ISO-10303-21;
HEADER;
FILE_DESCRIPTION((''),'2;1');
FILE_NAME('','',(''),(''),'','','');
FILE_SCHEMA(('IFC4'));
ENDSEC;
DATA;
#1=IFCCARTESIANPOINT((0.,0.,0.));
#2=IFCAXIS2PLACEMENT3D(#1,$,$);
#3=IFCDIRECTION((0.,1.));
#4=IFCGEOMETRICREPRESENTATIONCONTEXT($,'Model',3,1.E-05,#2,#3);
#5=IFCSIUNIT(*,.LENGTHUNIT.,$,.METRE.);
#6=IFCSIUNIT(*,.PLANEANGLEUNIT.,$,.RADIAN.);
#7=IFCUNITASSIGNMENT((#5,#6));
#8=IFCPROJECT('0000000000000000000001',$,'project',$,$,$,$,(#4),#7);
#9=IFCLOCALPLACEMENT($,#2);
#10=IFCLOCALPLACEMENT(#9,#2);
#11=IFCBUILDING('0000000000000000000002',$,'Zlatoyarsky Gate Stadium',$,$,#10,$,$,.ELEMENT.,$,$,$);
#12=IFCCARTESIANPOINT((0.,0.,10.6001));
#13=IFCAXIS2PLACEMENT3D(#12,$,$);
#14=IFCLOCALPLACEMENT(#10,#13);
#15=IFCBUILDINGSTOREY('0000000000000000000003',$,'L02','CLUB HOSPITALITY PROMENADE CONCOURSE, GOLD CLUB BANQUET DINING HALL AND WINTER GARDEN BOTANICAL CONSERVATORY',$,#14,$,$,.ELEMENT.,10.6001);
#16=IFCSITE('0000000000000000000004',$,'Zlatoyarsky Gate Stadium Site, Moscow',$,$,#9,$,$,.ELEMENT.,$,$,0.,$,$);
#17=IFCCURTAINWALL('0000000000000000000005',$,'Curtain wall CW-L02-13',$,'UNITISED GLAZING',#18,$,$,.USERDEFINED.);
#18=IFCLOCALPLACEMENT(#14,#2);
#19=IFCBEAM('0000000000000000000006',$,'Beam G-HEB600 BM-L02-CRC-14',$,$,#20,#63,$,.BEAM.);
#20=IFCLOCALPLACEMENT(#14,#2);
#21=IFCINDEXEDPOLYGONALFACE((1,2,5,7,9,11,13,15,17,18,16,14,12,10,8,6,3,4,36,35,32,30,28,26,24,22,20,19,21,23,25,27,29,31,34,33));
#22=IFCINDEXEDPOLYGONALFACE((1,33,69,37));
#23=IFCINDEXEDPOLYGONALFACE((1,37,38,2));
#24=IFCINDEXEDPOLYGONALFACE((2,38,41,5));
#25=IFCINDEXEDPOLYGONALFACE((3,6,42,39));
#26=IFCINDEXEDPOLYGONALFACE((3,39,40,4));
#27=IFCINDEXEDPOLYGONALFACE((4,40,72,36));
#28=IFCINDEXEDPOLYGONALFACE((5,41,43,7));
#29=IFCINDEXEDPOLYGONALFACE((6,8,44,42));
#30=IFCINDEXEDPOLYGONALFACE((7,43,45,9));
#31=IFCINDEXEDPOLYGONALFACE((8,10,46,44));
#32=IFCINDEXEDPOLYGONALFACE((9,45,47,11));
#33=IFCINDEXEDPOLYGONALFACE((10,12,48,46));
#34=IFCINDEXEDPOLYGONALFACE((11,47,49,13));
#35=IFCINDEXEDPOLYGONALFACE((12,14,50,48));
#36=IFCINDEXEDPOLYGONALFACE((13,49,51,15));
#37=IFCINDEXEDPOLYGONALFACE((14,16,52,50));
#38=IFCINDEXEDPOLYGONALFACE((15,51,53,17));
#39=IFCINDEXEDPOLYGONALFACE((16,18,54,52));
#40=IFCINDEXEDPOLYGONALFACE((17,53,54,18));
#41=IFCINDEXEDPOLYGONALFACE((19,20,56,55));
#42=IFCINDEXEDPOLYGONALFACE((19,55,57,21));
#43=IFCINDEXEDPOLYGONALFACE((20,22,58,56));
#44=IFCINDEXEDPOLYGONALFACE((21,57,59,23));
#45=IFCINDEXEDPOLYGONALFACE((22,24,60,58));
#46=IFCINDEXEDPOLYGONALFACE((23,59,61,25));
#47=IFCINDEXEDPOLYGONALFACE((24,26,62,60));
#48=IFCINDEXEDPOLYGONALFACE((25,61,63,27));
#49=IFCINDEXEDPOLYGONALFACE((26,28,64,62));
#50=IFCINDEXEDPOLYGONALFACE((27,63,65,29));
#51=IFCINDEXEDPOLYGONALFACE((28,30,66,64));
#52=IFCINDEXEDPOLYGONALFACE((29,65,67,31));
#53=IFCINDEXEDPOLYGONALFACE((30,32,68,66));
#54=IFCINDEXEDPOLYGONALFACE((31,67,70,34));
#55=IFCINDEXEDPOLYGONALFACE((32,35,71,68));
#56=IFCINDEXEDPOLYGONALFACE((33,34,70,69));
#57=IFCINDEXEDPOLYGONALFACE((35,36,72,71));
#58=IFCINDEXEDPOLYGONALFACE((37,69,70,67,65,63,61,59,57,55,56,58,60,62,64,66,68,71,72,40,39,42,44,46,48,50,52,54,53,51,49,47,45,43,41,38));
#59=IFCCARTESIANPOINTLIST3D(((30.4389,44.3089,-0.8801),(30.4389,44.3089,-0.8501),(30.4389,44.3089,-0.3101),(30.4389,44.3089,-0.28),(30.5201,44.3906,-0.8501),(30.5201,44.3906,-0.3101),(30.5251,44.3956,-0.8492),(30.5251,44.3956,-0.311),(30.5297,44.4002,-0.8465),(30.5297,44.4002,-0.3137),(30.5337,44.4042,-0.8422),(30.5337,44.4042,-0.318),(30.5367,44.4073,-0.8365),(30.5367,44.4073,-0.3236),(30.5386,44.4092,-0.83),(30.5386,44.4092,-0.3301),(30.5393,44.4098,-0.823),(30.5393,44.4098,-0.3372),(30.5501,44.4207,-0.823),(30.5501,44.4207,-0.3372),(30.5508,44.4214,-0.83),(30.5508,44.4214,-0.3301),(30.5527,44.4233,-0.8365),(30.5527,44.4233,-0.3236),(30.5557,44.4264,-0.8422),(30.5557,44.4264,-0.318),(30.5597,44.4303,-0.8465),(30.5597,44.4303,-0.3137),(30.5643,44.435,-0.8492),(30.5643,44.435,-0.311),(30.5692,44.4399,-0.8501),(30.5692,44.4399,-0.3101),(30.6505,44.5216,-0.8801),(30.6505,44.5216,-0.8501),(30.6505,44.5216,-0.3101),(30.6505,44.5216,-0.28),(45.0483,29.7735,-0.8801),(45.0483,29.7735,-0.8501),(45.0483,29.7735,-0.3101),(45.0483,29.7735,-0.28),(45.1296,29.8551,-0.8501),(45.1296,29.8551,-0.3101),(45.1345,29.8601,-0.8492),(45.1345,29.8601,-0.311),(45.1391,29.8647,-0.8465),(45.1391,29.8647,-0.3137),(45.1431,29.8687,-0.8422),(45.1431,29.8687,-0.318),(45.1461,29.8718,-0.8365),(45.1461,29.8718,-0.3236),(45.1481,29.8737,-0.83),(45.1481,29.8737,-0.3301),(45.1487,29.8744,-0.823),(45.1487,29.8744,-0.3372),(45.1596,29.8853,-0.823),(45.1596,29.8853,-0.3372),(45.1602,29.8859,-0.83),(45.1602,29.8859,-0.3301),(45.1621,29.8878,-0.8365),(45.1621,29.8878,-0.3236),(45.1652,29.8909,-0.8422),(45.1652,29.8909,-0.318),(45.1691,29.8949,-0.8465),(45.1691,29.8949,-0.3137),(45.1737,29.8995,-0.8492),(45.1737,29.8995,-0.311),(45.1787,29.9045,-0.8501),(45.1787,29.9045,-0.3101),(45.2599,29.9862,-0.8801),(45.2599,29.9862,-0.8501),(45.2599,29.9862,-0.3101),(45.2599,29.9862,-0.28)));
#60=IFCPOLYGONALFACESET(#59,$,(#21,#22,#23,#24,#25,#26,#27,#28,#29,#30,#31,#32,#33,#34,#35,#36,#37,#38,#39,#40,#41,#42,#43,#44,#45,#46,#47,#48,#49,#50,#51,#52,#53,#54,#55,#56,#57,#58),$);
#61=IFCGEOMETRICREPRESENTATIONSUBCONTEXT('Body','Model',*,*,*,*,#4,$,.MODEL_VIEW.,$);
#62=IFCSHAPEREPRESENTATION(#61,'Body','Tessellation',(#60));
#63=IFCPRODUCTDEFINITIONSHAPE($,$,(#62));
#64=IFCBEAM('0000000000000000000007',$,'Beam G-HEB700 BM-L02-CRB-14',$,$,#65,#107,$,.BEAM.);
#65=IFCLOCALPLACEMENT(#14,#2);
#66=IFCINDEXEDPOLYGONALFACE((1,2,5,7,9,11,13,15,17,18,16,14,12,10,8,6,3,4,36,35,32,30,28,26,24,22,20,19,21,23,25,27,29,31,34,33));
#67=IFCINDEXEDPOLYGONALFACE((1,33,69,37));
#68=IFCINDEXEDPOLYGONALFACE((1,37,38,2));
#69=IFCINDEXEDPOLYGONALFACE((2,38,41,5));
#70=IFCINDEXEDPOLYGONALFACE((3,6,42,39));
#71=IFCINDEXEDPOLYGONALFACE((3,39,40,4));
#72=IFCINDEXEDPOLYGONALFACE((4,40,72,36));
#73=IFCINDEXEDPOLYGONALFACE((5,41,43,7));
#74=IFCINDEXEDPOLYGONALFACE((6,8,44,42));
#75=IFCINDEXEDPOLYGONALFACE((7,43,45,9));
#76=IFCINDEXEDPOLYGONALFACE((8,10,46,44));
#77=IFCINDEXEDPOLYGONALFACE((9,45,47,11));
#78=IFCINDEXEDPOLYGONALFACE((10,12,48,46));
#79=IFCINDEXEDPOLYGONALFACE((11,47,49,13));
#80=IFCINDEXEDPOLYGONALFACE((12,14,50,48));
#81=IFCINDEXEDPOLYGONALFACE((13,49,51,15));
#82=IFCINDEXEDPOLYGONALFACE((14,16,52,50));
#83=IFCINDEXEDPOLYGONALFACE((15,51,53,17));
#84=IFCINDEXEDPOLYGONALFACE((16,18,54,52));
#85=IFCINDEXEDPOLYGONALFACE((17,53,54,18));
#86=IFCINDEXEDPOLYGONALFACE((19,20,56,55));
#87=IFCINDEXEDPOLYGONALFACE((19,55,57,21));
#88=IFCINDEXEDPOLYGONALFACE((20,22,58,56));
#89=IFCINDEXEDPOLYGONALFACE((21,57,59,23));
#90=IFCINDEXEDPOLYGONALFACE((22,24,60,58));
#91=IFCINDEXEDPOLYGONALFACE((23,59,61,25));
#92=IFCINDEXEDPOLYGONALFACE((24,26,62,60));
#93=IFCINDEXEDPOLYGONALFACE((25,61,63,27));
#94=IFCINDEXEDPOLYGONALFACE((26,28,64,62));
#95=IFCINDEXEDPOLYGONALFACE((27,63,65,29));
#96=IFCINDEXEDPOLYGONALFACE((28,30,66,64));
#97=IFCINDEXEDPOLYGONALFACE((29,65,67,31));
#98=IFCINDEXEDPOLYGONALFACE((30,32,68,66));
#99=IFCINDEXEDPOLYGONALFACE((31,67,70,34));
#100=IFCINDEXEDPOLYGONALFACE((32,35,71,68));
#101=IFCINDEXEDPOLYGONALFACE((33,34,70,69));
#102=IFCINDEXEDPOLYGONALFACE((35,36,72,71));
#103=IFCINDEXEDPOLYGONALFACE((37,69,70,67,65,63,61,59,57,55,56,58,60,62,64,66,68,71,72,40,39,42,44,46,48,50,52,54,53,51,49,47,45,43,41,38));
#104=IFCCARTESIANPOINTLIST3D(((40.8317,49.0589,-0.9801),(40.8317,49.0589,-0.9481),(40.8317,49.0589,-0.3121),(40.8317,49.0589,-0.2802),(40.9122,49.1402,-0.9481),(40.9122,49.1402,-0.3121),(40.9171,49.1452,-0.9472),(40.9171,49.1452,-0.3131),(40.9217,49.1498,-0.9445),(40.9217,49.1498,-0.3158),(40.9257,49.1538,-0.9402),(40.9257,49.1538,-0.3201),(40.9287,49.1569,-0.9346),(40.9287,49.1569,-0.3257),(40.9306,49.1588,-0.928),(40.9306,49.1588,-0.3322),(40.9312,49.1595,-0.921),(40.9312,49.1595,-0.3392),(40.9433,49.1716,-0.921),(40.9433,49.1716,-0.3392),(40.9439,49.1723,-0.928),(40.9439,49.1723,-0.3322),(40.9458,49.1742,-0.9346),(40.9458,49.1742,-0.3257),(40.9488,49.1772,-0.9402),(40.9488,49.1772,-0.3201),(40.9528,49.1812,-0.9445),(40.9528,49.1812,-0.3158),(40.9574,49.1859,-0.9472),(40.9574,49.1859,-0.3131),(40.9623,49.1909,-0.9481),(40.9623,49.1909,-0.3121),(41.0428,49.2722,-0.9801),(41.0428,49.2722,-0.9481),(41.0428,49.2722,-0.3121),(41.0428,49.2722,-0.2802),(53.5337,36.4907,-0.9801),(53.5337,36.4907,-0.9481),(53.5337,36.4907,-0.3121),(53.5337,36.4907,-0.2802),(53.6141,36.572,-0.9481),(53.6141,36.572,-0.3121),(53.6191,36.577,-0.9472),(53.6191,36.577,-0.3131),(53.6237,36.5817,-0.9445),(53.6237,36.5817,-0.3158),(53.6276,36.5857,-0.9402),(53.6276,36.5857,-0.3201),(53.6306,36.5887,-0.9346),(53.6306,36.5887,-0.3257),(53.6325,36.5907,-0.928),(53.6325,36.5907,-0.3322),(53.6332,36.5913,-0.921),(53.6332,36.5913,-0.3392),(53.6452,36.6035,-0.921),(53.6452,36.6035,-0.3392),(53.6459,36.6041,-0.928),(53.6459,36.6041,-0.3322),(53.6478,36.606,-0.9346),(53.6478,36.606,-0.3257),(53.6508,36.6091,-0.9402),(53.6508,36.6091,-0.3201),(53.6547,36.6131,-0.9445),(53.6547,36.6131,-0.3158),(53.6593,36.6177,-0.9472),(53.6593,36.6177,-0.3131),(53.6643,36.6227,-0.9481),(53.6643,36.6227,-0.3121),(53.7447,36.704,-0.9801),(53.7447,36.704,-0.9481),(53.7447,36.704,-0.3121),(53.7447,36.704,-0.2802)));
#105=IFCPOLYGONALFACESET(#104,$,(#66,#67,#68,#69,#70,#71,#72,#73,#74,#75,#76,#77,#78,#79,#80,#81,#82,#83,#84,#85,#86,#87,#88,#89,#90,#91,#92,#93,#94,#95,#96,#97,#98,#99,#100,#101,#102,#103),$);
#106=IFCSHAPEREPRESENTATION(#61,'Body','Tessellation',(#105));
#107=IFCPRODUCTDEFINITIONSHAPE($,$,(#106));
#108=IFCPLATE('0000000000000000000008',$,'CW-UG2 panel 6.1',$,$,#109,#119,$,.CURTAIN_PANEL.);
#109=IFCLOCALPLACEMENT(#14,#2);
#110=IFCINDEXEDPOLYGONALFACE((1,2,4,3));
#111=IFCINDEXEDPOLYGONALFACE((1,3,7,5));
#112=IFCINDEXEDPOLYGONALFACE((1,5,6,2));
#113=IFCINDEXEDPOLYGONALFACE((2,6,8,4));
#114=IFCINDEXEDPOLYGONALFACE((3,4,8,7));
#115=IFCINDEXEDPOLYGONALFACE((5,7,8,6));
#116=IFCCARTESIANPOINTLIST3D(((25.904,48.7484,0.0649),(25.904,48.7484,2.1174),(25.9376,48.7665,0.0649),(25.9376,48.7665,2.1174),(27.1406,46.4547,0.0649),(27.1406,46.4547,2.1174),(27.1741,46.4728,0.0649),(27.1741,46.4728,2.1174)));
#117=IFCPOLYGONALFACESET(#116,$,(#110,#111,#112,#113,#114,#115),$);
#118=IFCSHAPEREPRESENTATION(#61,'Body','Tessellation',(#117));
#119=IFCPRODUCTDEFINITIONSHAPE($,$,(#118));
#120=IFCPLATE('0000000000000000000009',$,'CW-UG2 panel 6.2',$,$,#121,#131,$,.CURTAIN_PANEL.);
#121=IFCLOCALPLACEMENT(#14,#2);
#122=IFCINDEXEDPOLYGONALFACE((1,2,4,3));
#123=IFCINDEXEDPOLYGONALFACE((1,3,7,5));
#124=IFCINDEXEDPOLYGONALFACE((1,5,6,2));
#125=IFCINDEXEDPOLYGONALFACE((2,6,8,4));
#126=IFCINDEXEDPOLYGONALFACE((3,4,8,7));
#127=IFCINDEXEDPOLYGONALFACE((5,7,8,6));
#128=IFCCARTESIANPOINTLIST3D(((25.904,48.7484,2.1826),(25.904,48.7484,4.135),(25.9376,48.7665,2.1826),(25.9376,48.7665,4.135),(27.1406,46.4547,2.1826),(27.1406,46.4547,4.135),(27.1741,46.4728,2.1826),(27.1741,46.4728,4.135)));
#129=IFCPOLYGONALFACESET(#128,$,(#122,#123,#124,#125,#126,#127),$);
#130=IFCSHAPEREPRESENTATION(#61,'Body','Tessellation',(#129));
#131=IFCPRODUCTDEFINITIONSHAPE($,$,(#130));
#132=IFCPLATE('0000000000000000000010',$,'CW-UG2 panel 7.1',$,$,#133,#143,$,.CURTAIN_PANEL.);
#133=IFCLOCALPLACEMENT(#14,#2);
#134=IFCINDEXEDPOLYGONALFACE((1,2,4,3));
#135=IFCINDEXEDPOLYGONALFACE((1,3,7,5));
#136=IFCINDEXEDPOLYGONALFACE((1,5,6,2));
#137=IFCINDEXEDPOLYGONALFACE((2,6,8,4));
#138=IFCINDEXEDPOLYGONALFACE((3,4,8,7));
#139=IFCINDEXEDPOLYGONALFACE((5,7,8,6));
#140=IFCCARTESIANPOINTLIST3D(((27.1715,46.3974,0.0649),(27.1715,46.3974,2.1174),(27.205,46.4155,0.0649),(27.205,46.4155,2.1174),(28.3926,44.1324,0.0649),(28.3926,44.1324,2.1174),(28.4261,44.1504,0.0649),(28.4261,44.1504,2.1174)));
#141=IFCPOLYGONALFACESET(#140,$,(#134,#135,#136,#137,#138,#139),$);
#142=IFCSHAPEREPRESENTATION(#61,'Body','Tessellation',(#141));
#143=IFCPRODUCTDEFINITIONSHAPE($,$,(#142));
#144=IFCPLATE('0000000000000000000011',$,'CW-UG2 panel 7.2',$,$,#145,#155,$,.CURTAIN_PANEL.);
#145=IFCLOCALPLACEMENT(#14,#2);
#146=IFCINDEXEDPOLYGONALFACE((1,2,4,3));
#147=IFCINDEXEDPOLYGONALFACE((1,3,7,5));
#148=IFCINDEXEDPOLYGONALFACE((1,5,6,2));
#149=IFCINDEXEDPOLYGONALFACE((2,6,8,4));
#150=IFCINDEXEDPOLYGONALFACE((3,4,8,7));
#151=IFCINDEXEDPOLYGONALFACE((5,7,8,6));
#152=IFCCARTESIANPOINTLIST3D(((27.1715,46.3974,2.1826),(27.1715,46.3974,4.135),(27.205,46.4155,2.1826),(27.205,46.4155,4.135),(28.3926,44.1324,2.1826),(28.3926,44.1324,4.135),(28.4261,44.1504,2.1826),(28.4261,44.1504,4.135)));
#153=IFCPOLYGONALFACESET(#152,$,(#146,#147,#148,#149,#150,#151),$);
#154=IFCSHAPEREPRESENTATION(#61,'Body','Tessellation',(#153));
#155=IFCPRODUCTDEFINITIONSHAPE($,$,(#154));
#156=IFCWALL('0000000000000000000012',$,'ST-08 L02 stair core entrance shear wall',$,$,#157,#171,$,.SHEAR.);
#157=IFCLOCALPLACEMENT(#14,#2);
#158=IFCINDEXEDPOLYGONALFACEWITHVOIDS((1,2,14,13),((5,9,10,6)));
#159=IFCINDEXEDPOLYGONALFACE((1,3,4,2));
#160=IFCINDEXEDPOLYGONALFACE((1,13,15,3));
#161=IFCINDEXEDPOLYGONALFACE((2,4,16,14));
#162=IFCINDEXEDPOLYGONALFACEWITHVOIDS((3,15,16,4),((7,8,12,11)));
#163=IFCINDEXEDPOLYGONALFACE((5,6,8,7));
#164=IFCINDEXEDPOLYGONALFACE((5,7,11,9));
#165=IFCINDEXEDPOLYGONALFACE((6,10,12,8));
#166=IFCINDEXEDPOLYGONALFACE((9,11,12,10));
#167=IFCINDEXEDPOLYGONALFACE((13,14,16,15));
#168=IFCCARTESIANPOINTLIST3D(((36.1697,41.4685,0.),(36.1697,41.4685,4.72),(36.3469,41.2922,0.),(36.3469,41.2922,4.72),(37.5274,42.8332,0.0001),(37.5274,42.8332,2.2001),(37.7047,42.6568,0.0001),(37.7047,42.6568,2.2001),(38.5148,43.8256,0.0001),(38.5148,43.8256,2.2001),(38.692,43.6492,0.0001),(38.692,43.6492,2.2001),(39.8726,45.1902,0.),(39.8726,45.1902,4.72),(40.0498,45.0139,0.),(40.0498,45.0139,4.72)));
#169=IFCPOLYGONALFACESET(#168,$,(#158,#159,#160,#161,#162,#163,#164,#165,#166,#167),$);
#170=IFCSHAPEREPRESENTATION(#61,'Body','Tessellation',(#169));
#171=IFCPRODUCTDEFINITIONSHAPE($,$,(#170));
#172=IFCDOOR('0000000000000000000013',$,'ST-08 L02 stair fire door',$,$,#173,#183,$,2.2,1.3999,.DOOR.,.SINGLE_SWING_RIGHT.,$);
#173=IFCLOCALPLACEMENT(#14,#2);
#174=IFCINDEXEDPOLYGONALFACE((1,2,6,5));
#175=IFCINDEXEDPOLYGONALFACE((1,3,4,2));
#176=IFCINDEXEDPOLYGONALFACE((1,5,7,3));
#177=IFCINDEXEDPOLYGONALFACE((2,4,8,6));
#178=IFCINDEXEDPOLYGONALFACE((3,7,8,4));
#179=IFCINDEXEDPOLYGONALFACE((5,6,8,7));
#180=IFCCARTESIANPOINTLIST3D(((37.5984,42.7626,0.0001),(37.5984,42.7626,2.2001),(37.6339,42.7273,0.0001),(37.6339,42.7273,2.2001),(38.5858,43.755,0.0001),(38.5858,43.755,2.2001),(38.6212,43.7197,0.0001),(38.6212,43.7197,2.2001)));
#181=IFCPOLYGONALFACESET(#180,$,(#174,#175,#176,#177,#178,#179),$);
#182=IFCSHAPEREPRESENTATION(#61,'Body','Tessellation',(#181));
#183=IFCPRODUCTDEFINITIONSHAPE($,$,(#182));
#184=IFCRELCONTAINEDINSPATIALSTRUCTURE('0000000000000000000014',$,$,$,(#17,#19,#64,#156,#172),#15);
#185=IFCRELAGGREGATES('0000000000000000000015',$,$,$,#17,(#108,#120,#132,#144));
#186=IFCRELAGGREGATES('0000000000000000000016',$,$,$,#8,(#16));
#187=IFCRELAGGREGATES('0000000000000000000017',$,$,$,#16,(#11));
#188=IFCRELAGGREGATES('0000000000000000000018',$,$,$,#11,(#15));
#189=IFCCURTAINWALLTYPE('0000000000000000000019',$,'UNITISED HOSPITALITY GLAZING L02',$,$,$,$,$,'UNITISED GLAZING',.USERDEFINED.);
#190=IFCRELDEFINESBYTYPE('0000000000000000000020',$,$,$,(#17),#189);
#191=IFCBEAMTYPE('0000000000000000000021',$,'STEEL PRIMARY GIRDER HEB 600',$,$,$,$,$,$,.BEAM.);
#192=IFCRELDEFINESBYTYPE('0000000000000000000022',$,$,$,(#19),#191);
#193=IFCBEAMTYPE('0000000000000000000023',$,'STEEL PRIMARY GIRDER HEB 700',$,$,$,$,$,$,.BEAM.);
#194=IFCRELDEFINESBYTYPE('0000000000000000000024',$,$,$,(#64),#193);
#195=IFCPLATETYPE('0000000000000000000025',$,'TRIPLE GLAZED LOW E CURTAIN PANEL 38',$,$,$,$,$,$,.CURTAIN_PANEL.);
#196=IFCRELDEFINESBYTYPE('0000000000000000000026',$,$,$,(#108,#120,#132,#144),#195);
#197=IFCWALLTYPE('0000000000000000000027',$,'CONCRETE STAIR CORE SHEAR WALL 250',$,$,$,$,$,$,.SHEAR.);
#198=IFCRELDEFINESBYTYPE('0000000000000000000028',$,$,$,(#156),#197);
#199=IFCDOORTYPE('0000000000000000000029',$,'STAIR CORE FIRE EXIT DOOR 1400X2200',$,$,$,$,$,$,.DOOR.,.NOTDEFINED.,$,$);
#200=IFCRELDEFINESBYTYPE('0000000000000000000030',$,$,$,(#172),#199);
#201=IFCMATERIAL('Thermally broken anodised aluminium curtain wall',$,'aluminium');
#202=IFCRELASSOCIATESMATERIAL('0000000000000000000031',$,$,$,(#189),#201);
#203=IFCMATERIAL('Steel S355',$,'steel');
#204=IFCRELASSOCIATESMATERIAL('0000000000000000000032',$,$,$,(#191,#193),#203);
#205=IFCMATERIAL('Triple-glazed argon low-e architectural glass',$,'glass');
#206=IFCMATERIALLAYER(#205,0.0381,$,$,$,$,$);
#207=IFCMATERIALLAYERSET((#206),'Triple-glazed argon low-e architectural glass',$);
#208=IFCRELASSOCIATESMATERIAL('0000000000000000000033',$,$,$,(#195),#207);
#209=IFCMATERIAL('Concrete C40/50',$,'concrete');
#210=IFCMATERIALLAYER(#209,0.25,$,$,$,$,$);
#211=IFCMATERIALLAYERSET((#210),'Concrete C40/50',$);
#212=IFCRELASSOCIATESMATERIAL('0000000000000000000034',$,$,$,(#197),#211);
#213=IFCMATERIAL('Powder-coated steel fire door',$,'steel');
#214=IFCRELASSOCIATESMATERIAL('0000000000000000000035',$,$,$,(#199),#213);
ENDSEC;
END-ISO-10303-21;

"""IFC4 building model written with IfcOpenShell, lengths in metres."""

from ifc_helpers import new_model, si_unit, direction, frame, frame_2d, origin, origin_2d, place, context, subcontext, project, spatial, rectangle, i_section, extrude, material, layer, layer_set, material_profile, profile_set, type_object, element, fill, aggregate, save


model = new_model("IFC4")

# Units and contexts
model_context = context("Model", 3, precision=1e-05, world=origin(), true_north=direction((0.0, 1.0)))
body_context = subcontext(model_context, "Body", "Model", "MODEL_VIEW")
ifc_project = project(units=[si_unit("LENGTHUNIT", "METRE"), si_unit("PLANEANGLEUNIT", "RADIAN")], contexts=[model_context])

# Site, building, storey
site_placement = place(None, origin())
site = spatial("IfcSite", under=ifc_project, at=site_placement, Name="Zlatoyarsky Gate Stadium Site, Moscow", CompositionType="ELEMENT", RefElevation=0.0)
building_placement = place(site_placement, origin())
building = spatial("IfcBuilding", under=site, at=building_placement, Name="Zlatoyarsky Gate Stadium", CompositionType="ELEMENT")
storey_placement = place(building_placement, frame((0.0, 0.0, 10.6001)))
storey = spatial("IfcBuildingStorey", under=building, at=storey_placement, Name="L02", Description="CLUB HOSPITALITY PROMENADE CONCOURSE, GOLD CLUB BANQUET DINING HALL AND WINTER GARDEN BOTANICAL CONSERVATORY", CompositionType="ELEMENT", Elevation=10.6001)

# Shared definitions
ifc_material_1 = material(Name="Concrete C40/50", Category="concrete")
ifc_material_2 = material(Name="Steel S355", Category="steel")

# Curtain wall
ifc_material_3 = material(Name="Thermally broken anodised aluminium curtain wall", Category="aluminium")
curtain_wall_type = type_object("IfcCurtainWallType", Name="UNITISED HOSPITALITY GLAZING L02", ElementType="UNITISED GLAZING", PredefinedType="USERDEFINED", material=ifc_material_3)
curtain_wall_placement = place(storey_placement, origin())
curtain_wall = element("IfcCurtainWall", 1, at=curtain_wall_placement, inside=storey, type_object=curtain_wall_type, Name="Curtain wall CW-L02-13", ObjectType="UNITISED GLAZING", PredefinedType="USERDEFINED")

# Beams
ifc_material_profile_1 = material_profile(ifc_material_2, i_section(OverallWidth=0.3, OverallDepth=0.6001, WebThickness=0.0154, FlangeThickness=0.03, FilletRadius=0.0271, at=origin_2d()), Name="HEB 600")
ifc_profile_set_1 = profile_set([ifc_material_profile_1], Name="Steel S355")
beam_type_1 = type_object("IfcBeamType", Name="STEEL PRIMARY GIRDER HEB 600", PredefinedType="BEAM", material=ifc_profile_set_1)
beam_1_placement = place(storey_placement, frame((30.5447, 44.4153, -0.5801), z_axis=(0.708899, -0.70531, 0.0), x_axis=(0.70531, 0.708899, 0.0)))
element("IfcBeam", 2, at=beam_1_placement, inside=storey, type_object=beam_type_1, Name="Beam G-HEB600 BM-L02-CRC-14", PredefinedType="BEAM", context=body_context, shape_type="SweptSolid", body=[
    extrude(i_section(OverallWidth=0.3, OverallDepth=0.6001, WebThickness=0.0154, FlangeThickness=0.03, FilletRadius=0.0271, at=origin_2d()), origin(), (0.0, 0.0, 1.0), 20.6086),
])
ifc_material_profile_2 = material_profile(ifc_material_2, i_section(OverallWidth=0.3, OverallDepth=0.7, WebThickness=0.0171, FlangeThickness=0.032, FilletRadius=0.0271, at=origin_2d()), Name="HEB 700")
ifc_profile_set_2 = profile_set([ifc_material_profile_2], Name="Steel S355")
beam_type_2 = type_object("IfcBeamType", Name="STEEL PRIMARY GIRDER HEB 700", PredefinedType="BEAM", material=ifc_profile_set_2)
beam_2_placement = place(storey_placement, frame((40.9373, 49.1655, -0.6301), z_axis=(0.710841, -0.703353, 0.0), x_axis=(0.703353, 0.710841, 0.0)))
element("IfcBeam", 3, at=beam_2_placement, inside=storey, type_object=beam_type_2, Name="Beam G-HEB700 BM-L02-CRB-14", PredefinedType="BEAM", context=body_context, shape_type="SweptSolid", body=[
    extrude(i_section(OverallWidth=0.3, OverallDepth=0.7, WebThickness=0.0171, FlangeThickness=0.032, FilletRadius=0.0271, at=origin_2d()), origin(), (0.0, 0.0, 1.0), 17.8689),
])

# Plates
ifc_material_4 = material(Name="Triple-glazed argon low-e architectural glass", Category="glass")
ifc_layer_1 = layer(ifc_material_4, 0.0381)
ifc_layer_set_1 = layer_set([ifc_layer_1], Name="Triple-glazed argon low-e architectural glass")
plate_type = type_object("IfcPlateType", Name="TRIPLE GLAZED LOW E CURTAIN PANEL 38", PredefinedType="CURTAIN_PANEL", material=ifc_layer_set_1)
plate_1_placement = place(storey_placement, frame((26.5391, 47.6106, 0.0649), z_axis=(0.0, 0.0, 1.0), x_axis=(0.474536, -0.880236, 0.0)))
plate_1 = element("IfcPlate", 4, at=plate_1_placement, type_object=plate_type, Name="CW-UG2 panel 6.1", PredefinedType="CURTAIN_PANEL", context=body_context, shape_type="SweptSolid", body=[
    extrude(rectangle(XDim=2.6057, YDim=0.0381, at=origin_2d()), origin(), (0.0, 0.0, 1.0), 2.0525),
])
plate_2_placement = place(storey_placement, frame((26.5391, 47.6106, 2.1826), z_axis=(0.0, 0.0, 1.0), x_axis=(0.474536, -0.880236, 0.0)))
plate_2 = element("IfcPlate", 5, at=plate_2_placement, type_object=plate_type, Name="CW-UG2 panel 6.2", PredefinedType="CURTAIN_PANEL", context=body_context, shape_type="SweptSolid", body=[
    extrude(rectangle(XDim=2.6057, YDim=0.0381, at=origin_2d()), origin(), (0.0, 0.0, 1.0), 1.9524),
])
plate_3_placement = place(storey_placement, frame((27.7988, 45.2739, 0.0649), z_axis=(0.0, 0.0, 1.0), x_axis=(0.474536, -0.880236, 0.0)))
plate_3 = element("IfcPlate", 6, at=plate_3_placement, type_object=plate_type, Name="CW-UG2 panel 7.1", PredefinedType="CURTAIN_PANEL", context=body_context, shape_type="SweptSolid", body=[
    extrude(rectangle(XDim=2.5732, YDim=0.0381, at=origin_2d()), origin(), (0.0, 0.0, 1.0), 2.0525),
])
plate_4_placement = place(storey_placement, frame((27.7988, 45.2739, 2.1826), z_axis=(0.0, 0.0, 1.0), x_axis=(0.474536, -0.880236, 0.0)))
plate_4 = element("IfcPlate", 7, at=plate_4_placement, type_object=plate_type, Name="CW-UG2 panel 7.2", PredefinedType="CURTAIN_PANEL", context=body_context, shape_type="SweptSolid", body=[
    extrude(rectangle(XDim=2.5732, YDim=0.0381, at=origin_2d()), origin(), (0.0, 0.0, 1.0), 1.9524),
])
aggregate(curtain_wall, [plate_1, plate_2, plate_3, plate_4])

# Wall, opening, door
ifc_layer_2 = layer(ifc_material_1, 0.25)
ifc_layer_set_2 = layer_set([ifc_layer_2], Name="Concrete C40/50")
wall_type_1 = type_object("IfcWallType", Name="CONCRETE STAIR CORE SHEAR WALL 250", PredefinedType="SHEAR", material=ifc_layer_set_2)
wall_1_placement = place(storey_placement, frame((39.9612, 45.1021, 0.0), z_axis=(0.0, 0.0, 1.0), x_axis=(-0.705314, -0.708895, 0.0)))
wall_1 = element("IfcWall", 8, at=wall_1_placement, inside=storey, type_object=wall_type_1, Name="ST-08 L02 stair core entrance shear wall", PredefinedType="SHEAR", context=body_context, shape_type="SweptSolid", body=[
    extrude(rectangle(XDim=5.25, YDim=0.25, at=frame_2d((2.625, 0.0))), origin(), (0.0, 0.0, 1.0), 4.72),
])
opening_1_placement = place(wall_1_placement, frame((1.925, 0.0, 0.0)))
opening_1 = element("IfcOpeningElement", 9, at=opening_1_placement, cuts=wall_1, PredefinedType="OPENING", context=body_context, shape_type="SweptSolid", body=[
    extrude(rectangle(XDim=1.3999, YDim=2.2, at=frame_2d((0.7, 1.1001))), frame((0.0, 0.135, 0.0), z_axis=(0.0, -1.0, 0.0), x_axis=(1.0, 0.0, 0.0)), (0.0, 0.0, 1.0), 0.27),
])
ifc_material_5 = material(Name="Powder-coated steel fire door", Category="steel")
door_type_1 = type_object("IfcDoorType", Name="STAIR CORE FIRE EXIT DOOR 1400X2200", OperationType="NOTDEFINED", PredefinedType="DOOR", material=ifc_material_5)
door_1_placement = place(opening_1_placement, frame((1.3999, 0.0, 0.0), z_axis=(0.0, 0.0, 1.0), x_axis=(-1.0, 0.0, 0.0)))
door_1 = element("IfcDoor", 10, at=door_1_placement, inside=storey, type_object=door_type_1, Name="ST-08 L02 stair fire door", OperationType="SINGLE_SWING_RIGHT", OverallHeight=2.2, OverallWidth=1.3999, PredefinedType="DOOR", context=body_context, shape_type="SweptSolid", body=[
    extrude(rectangle(XDim=1.3999, YDim=2.2, at=frame_2d((0.7, 1.1001))), frame((0.0, 0.0249, 0.0), z_axis=(0.0, -1.0, 0.0), x_axis=(1.0, 0.0, 0.0)), (0.0, 0.0, 1.0), 0.05),
])
fill(opening_1, door_1)

save(model, "model.ifc")
